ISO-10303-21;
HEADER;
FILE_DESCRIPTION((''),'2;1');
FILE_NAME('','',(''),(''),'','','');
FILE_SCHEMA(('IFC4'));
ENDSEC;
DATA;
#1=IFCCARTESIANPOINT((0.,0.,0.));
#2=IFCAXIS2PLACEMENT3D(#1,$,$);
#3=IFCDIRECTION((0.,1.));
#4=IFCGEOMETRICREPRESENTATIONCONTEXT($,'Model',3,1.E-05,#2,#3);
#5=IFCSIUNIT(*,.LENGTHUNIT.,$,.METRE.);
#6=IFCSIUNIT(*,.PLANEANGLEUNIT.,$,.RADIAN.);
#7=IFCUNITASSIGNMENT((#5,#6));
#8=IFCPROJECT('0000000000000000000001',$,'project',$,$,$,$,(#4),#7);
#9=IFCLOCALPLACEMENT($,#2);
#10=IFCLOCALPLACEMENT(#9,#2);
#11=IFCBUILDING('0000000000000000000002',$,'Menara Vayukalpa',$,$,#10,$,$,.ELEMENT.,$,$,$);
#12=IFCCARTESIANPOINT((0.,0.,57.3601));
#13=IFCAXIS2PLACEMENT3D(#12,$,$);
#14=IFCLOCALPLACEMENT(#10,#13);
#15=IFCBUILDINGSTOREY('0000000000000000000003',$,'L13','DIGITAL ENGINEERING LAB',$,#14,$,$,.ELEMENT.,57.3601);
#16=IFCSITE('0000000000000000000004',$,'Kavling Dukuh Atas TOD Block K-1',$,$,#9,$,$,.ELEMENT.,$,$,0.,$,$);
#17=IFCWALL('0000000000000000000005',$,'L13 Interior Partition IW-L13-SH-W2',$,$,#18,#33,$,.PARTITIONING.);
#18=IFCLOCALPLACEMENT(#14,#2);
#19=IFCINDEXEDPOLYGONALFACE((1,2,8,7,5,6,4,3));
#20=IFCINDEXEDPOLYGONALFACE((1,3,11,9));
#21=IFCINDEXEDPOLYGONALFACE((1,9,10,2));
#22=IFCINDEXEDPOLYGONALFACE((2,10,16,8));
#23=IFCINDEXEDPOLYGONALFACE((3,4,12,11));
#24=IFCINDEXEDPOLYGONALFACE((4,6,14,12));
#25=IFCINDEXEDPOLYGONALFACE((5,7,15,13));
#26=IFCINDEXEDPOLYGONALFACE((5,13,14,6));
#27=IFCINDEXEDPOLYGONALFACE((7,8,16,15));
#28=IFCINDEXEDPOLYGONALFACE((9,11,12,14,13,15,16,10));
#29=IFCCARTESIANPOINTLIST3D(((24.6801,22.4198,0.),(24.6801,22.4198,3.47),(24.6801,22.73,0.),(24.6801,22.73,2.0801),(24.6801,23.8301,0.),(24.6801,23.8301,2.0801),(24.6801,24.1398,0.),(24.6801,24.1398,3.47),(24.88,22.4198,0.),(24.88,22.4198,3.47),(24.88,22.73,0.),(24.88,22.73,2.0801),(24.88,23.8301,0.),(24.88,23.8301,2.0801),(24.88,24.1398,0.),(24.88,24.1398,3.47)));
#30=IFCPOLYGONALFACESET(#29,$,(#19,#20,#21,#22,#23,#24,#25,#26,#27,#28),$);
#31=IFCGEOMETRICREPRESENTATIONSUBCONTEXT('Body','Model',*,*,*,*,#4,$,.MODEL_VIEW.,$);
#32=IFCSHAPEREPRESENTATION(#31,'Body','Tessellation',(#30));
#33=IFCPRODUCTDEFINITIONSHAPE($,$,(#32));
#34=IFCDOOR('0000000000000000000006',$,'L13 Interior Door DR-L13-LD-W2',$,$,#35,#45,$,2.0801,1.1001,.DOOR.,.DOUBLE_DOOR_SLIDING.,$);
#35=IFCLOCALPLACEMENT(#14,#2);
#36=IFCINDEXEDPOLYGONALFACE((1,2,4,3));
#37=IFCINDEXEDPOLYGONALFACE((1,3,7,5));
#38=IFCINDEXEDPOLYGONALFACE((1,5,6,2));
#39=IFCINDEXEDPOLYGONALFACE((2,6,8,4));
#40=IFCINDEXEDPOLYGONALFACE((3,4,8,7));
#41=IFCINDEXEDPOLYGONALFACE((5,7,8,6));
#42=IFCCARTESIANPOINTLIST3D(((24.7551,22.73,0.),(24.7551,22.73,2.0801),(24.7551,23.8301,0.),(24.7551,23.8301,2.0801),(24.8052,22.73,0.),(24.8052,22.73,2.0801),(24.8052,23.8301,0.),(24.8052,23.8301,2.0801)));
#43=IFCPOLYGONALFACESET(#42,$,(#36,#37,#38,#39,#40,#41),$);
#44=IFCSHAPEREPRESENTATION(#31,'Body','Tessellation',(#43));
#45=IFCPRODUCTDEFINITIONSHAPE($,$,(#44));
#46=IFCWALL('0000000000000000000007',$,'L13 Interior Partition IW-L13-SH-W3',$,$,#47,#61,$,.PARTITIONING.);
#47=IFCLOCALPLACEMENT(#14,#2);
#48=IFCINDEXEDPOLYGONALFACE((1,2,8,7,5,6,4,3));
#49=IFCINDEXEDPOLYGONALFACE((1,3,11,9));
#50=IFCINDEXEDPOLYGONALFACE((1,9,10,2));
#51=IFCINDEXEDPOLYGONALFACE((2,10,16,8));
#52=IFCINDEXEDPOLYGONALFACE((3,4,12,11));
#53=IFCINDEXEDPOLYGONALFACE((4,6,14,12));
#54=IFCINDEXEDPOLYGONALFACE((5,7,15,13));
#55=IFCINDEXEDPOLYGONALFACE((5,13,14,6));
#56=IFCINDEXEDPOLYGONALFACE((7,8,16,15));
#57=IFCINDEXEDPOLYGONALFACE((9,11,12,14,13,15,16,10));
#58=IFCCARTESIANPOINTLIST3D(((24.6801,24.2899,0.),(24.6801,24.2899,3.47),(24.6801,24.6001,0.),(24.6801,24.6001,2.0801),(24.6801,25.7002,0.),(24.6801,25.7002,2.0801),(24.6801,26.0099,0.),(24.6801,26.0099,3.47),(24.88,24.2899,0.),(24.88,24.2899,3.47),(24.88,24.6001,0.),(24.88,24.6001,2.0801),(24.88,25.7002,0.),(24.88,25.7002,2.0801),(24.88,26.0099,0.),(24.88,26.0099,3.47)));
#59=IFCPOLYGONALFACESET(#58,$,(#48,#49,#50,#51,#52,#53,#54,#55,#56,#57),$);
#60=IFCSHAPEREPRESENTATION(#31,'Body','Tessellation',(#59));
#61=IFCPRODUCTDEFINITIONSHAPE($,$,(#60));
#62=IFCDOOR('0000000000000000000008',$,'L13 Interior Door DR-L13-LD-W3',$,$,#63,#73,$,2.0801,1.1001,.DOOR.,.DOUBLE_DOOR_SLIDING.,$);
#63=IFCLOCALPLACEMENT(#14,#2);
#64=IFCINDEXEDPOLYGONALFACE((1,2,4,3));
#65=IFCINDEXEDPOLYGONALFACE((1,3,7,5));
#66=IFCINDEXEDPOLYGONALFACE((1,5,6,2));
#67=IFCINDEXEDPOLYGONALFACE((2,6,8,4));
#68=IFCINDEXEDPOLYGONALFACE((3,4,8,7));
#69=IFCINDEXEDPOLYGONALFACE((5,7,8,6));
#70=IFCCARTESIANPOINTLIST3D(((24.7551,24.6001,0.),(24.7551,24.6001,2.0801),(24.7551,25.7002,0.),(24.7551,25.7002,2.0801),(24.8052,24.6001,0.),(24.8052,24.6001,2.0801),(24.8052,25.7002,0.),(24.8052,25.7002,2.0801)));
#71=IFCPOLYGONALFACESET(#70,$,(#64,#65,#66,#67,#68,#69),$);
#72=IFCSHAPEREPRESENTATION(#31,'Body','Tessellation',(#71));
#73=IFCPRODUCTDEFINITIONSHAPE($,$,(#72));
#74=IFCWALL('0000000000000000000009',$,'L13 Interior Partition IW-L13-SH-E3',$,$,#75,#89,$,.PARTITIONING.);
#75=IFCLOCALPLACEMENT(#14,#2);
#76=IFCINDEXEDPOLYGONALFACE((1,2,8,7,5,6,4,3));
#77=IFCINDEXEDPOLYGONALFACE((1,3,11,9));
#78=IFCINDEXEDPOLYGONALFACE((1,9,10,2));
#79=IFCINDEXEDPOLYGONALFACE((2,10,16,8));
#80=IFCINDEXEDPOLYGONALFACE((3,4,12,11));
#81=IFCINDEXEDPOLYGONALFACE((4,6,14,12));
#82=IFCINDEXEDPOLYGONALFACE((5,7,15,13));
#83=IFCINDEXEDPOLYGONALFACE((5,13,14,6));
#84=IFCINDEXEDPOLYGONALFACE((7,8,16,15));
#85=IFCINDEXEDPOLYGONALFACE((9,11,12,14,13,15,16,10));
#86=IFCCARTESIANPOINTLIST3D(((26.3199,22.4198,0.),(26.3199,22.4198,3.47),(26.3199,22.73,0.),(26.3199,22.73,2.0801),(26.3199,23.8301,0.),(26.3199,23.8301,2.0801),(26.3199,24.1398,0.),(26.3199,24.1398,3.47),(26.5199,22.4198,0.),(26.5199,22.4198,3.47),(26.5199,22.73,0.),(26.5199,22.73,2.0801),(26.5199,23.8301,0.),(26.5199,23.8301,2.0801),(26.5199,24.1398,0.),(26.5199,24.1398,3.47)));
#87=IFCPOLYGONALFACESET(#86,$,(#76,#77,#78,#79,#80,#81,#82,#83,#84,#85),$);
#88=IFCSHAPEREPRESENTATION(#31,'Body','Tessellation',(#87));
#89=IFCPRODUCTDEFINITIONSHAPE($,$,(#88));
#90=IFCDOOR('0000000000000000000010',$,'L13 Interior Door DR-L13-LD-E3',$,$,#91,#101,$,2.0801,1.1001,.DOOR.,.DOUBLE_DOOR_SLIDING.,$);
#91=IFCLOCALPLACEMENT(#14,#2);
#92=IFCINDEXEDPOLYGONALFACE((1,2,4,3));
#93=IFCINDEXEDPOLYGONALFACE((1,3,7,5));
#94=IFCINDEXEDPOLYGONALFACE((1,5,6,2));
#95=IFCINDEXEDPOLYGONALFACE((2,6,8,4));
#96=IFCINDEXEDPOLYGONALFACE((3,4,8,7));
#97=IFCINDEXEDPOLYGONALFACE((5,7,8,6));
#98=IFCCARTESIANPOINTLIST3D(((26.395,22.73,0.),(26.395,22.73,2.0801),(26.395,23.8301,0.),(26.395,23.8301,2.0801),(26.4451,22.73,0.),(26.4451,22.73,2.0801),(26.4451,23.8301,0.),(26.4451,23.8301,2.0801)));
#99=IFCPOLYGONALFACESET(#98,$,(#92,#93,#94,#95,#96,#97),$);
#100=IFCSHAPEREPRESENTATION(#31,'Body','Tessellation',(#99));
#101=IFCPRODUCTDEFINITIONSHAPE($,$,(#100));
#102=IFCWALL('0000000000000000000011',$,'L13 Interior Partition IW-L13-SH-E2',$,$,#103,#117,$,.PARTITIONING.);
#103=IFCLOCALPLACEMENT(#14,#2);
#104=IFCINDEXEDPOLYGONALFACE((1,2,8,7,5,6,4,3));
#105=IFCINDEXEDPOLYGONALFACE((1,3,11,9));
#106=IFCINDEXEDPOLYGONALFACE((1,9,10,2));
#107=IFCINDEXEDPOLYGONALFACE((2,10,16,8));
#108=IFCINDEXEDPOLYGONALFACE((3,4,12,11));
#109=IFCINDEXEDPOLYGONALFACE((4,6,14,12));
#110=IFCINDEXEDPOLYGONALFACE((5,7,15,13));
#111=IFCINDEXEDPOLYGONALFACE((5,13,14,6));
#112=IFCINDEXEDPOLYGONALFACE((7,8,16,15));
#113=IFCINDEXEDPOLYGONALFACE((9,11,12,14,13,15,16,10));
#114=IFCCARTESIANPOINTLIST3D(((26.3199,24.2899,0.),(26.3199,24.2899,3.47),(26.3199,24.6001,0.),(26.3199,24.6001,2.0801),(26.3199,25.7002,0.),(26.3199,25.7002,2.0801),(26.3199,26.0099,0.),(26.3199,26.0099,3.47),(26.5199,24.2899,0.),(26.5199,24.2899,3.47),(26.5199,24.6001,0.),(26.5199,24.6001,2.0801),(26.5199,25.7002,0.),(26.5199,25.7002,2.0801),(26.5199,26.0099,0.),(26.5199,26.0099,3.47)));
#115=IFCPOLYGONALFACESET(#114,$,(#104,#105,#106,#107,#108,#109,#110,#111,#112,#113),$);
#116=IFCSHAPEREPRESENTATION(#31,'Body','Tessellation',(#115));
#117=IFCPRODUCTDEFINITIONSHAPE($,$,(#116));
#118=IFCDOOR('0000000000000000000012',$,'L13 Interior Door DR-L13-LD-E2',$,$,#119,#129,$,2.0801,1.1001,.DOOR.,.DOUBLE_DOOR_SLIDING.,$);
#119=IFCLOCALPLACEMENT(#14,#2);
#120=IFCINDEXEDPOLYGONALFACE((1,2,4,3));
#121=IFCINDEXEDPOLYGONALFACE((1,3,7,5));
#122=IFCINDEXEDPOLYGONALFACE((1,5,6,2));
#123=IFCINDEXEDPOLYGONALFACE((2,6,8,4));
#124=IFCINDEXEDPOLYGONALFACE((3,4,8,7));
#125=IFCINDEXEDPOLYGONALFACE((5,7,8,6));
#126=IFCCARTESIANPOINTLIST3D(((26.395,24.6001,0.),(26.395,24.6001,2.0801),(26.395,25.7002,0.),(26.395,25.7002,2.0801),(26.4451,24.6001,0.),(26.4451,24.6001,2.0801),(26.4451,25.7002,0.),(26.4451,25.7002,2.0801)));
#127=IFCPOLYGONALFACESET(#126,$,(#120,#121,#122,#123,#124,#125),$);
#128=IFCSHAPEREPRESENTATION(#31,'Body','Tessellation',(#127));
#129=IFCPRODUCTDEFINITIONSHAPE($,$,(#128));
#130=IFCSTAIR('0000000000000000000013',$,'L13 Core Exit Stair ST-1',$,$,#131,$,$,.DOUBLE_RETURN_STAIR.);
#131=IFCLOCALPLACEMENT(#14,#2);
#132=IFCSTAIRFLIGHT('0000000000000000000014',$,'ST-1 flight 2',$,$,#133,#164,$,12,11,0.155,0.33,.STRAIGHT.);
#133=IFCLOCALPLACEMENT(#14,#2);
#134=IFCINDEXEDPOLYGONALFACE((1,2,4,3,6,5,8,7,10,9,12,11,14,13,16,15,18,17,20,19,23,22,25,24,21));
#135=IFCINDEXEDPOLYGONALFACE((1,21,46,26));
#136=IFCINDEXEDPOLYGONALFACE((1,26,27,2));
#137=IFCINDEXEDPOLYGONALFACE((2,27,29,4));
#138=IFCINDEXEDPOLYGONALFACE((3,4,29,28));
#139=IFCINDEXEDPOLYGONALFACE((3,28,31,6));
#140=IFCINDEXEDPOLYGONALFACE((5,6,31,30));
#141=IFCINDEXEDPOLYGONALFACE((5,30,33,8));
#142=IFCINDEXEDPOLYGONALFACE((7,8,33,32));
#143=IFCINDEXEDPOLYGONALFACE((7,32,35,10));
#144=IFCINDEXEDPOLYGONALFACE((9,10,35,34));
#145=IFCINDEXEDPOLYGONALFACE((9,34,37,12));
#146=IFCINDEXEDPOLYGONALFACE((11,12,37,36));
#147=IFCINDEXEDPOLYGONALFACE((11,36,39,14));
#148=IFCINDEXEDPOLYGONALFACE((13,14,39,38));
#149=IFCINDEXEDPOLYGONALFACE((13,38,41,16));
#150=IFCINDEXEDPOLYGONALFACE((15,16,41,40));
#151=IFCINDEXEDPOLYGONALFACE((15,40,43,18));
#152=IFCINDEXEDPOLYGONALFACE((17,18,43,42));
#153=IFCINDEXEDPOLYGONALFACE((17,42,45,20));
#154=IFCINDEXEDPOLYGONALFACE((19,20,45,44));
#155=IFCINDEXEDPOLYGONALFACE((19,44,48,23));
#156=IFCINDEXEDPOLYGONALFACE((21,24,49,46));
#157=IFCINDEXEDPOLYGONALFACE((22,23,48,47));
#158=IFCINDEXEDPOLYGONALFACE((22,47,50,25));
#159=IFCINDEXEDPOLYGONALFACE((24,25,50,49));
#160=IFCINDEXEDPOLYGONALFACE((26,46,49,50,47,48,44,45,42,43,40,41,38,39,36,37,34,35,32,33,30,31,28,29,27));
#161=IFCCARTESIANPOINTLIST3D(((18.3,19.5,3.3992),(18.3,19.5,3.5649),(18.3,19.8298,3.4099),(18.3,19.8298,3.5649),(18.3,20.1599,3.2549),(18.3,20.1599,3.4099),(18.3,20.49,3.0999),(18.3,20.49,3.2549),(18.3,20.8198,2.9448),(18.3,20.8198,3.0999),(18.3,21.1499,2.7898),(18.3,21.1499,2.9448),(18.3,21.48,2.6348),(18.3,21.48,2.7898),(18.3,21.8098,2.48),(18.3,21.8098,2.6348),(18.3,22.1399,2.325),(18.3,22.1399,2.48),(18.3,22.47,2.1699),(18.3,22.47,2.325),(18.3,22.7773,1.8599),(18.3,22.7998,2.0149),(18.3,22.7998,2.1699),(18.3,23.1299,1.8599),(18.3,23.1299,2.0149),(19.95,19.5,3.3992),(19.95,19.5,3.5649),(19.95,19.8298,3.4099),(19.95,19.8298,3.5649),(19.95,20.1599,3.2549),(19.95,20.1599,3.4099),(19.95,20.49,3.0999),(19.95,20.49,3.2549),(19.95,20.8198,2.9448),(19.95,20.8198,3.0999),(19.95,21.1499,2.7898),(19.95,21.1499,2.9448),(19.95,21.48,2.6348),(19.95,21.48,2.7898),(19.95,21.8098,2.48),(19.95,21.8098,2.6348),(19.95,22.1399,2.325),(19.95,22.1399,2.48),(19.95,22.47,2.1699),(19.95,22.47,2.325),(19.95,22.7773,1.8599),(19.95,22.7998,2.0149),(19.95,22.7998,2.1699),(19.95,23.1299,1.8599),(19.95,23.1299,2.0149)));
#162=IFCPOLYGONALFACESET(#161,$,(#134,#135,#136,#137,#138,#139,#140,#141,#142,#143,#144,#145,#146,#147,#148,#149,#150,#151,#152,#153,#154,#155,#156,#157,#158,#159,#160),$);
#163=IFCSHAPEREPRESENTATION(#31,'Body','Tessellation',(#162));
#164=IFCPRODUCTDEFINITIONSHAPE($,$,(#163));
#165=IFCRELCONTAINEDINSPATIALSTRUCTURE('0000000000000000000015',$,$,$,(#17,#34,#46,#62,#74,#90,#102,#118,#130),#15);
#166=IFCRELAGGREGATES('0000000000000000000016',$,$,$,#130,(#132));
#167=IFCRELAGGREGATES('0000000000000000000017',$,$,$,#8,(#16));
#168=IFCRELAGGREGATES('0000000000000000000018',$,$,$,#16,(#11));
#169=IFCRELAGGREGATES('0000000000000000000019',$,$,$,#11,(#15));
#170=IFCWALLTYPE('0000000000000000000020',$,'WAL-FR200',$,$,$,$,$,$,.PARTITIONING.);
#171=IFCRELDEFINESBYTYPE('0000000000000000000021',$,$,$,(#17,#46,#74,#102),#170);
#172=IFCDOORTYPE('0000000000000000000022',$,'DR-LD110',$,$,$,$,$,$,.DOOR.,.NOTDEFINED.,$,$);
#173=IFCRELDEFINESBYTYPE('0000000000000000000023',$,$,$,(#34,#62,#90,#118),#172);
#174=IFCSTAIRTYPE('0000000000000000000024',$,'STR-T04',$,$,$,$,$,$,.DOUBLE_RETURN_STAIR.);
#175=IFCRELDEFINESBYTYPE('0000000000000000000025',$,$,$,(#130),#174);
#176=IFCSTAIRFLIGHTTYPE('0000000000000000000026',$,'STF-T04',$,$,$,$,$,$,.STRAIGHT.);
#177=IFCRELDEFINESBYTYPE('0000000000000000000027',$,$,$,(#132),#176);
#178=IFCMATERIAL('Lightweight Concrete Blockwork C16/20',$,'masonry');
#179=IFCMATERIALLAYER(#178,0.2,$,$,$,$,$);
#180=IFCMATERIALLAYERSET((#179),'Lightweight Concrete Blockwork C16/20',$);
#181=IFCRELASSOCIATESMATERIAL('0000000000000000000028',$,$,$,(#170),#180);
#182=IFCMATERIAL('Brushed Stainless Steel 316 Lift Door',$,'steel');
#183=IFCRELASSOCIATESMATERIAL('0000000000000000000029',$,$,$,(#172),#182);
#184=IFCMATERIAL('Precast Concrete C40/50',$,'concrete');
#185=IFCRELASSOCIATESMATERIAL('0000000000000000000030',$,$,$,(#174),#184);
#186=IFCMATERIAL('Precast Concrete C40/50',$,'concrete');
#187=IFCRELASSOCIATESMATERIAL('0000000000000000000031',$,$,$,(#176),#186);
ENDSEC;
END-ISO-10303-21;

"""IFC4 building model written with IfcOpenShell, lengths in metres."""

from ifc_helpers import new_model, si_unit, direction, frame, frame_2d, origin, place, context, subcontext, project, spatial, polyline, rectangle, outline, extrude, material, layer, layer_set, type_object, element, fill, aggregate, save


model = new_model("IFC4")

# Units and contexts
model_context = context("Model", 3, precision=1e-05, world=origin(), true_north=direction((0.0, 1.0)))
body_context = subcontext(model_context, "Body", "Model", "MODEL_VIEW")
ifc_project = project(units=[si_unit("LENGTHUNIT", "METRE"), si_unit("PLANEANGLEUNIT", "RADIAN")], contexts=[model_context])

# Site, building, storey
site_placement = place(None, origin())
site = spatial("IfcSite", under=ifc_project, at=site_placement, Name="Kavling Dukuh Atas TOD Block K-1", CompositionType="ELEMENT", RefElevation=0.0)
building_placement = place(site_placement, origin())
building = spatial("IfcBuilding", under=site, at=building_placement, Name="Menara Vayukalpa", CompositionType="ELEMENT")
storey_placement = place(building_placement, frame((0.0, 0.0, 57.3601)))
storey = spatial("IfcBuildingStorey", under=building, at=storey_placement, Name="L13", Description="DIGITAL ENGINEERING LAB", CompositionType="ELEMENT", Elevation=57.3601)

# Walls, openings, doors
ifc_material_1 = material(Name="Lightweight Concrete Blockwork C16/20", Category="masonry")
ifc_layer_1 = layer(ifc_material_1, 0.2)
ifc_layer_set_1 = layer_set([ifc_layer_1], Name="Lightweight Concrete Blockwork C16/20")
wall_type_1 = type_object("IfcWallType", Name="WAL-FR200", PredefinedType="PARTITIONING", material=ifc_layer_set_1)
wall_1_placement = place(storey_placement, frame((24.78, 22.4199, 0.0), z_axis=(0.0, 0.0, 1.0), x_axis=(0.0, 1.0, 0.0)))
wall_1 = element("IfcWall", 1, at=wall_1_placement, inside=storey, type_object=wall_type_1, Name="L13 Interior Partition IW-L13-SH-W2", PredefinedType="PARTITIONING", context=body_context, shape_type="SweptSolid", body=[
    extrude(rectangle(XDim=1.72, YDim=0.2, at=frame_2d((0.8599, 0.0))), origin(), (0.0, 0.0, 1.0), 3.47),
])
opening_1_placement = place(wall_1_placement, frame((0.3101, 0.0, 0.0)))
opening_1 = element("IfcOpeningElement", 2, at=opening_1_placement, cuts=wall_1, PredefinedType="OPENING", context=body_context, shape_type="SweptSolid", body=[
    extrude(rectangle(XDim=1.1001, YDim=2.0801, at=frame_2d((0.55, 1.04))), frame((0.0, 0.1099, 0.0), z_axis=(0.0, -1.0, 0.0), x_axis=(1.0, 0.0, 0.0)), (0.0, 0.0, 1.0), 0.22),
])
ifc_material_2 = material(Name="Brushed Stainless Steel 316 Lift Door", Category="steel")
door_type = type_object("IfcDoorType", Name="DR-LD110", OperationType="NOTDEFINED", PredefinedType="DOOR", material=ifc_material_2)
door_1_placement = place(opening_1_placement, origin())
door_1 = element("IfcDoor", 3, at=door_1_placement, inside=storey, type_object=door_type, Name="L13 Interior Door DR-L13-LD-W2", OperationType="DOUBLE_DOOR_SLIDING", OverallHeight=2.0801, OverallWidth=1.1001, PredefinedType="DOOR", context=body_context, shape_type="SweptSolid", body=[
    extrude(rectangle(XDim=1.1001, YDim=2.0801, at=frame_2d((0.55, 1.04))), frame((0.0, 0.0249, 0.0), z_axis=(0.0, -1.0, 0.0), x_axis=(1.0, 0.0, 0.0)), (0.0, 0.0, 1.0), 0.05),
])
fill(opening_1, door_1)
wall_2_placement = place(storey_placement, frame((24.78, 24.29, 0.0), z_axis=(0.0, 0.0, 1.0), x_axis=(0.0, 1.0, 0.0)))
wall_2 = element("IfcWall", 4, at=wall_2_placement, inside=storey, type_object=wall_type_1, Name="L13 Interior Partition IW-L13-SH-W3", PredefinedType="PARTITIONING", context=body_context, shape_type="SweptSolid", body=[
    extrude(rectangle(XDim=1.72, YDim=0.2, at=frame_2d((0.8599, 0.0))), origin(), (0.0, 0.0, 1.0), 3.47),
])
opening_2_placement = place(wall_2_placement, frame((0.3101, 0.0, 0.0)))
opening_2 = element("IfcOpeningElement", 5, at=opening_2_placement, cuts=wall_2, PredefinedType="OPENING", context=body_context, shape_type="SweptSolid", body=[
    extrude(rectangle(XDim=1.1001, YDim=2.0801, at=frame_2d((0.55, 1.04))), frame((0.0, 0.1099, 0.0), z_axis=(0.0, -1.0, 0.0), x_axis=(1.0, 0.0, 0.0)), (0.0, 0.0, 1.0), 0.22),
])
door_2_placement = place(opening_2_placement, origin())
door_2 = element("IfcDoor", 6, at=door_2_placement, inside=storey, type_object=door_type, Name="L13 Interior Door DR-L13-LD-W3", OperationType="DOUBLE_DOOR_SLIDING", OverallHeight=2.0801, OverallWidth=1.1001, PredefinedType="DOOR", context=body_context, shape_type="SweptSolid", body=[
    extrude(rectangle(XDim=1.1001, YDim=2.0801, at=frame_2d((0.55, 1.04))), frame((0.0, 0.0249, 0.0), z_axis=(0.0, -1.0, 0.0), x_axis=(1.0, 0.0, 0.0)), (0.0, 0.0, 1.0), 0.05),
])
fill(opening_2, door_2)
wall_3_placement = place(storey_placement, frame((26.4199, 22.4199, 0.0), z_axis=(0.0, 0.0, 1.0), x_axis=(0.0, 1.0, 0.0)))
wall_3 = element("IfcWall", 7, at=wall_3_placement, inside=storey, type_object=wall_type_1, Name="L13 Interior Partition IW-L13-SH-E3", PredefinedType="PARTITIONING", context=body_context, shape_type="SweptSolid", body=[
    extrude(rectangle(XDim=1.72, YDim=0.2, at=frame_2d((0.8599, 0.0))), origin(), (0.0, 0.0, 1.0), 3.47),
])
opening_3_placement = place(wall_3_placement, frame((0.3101, 0.0, 0.0)))
opening_3 = element("IfcOpeningElement", 8, at=opening_3_placement, cuts=wall_3, PredefinedType="OPENING", context=body_context, shape_type="SweptSolid", body=[
    extrude(rectangle(XDim=1.1001, YDim=2.0801, at=frame_2d((0.55, 1.04))), frame((0.0, 0.1099, 0.0), z_axis=(0.0, -1.0, 0.0), x_axis=(1.0, 0.0, 0.0)), (0.0, 0.0, 1.0), 0.22),
])
door_3_placement = place(opening_3_placement, origin())
door_3 = element("IfcDoor", 9, at=door_3_placement, inside=storey, type_object=door_type, Name="L13 Interior Door DR-L13-LD-E3", OperationType="DOUBLE_DOOR_SLIDING", OverallHeight=2.0801, OverallWidth=1.1001, PredefinedType="DOOR", context=body_context, shape_type="SweptSolid", body=[
    extrude(rectangle(XDim=1.1001, YDim=2.0801, at=frame_2d((0.55, 1.04))), frame((0.0, 0.0249, 0.0), z_axis=(0.0, -1.0, 0.0), x_axis=(1.0, 0.0, 0.0)), (0.0, 0.0, 1.0), 0.05),
])
fill(opening_3, door_3)
wall_4_placement = place(storey_placement, frame((26.4199, 24.29, 0.0), z_axis=(0.0, 0.0, 1.0), x_axis=(0.0, 1.0, 0.0)))
wall_4 = element("IfcWall", 10, at=wall_4_placement, inside=storey, type_object=wall_type_1, Name="L13 Interior Partition IW-L13-SH-E2", PredefinedType="PARTITIONING", context=body_context, shape_type="SweptSolid", body=[
    extrude(rectangle(XDim=1.72, YDim=0.2, at=frame_2d((0.8599, 0.0))), origin(), (0.0, 0.0, 1.0), 3.47),
])
opening_4_placement = place(wall_4_placement, frame((0.3101, 0.0, 0.0)))
opening_4 = element("IfcOpeningElement", 11, at=opening_4_placement, cuts=wall_4, PredefinedType="OPENING", context=body_context, shape_type="SweptSolid", body=[
    extrude(rectangle(XDim=1.1001, YDim=2.0801, at=frame_2d((0.55, 1.04))), frame((0.0, 0.1099, 0.0), z_axis=(0.0, -1.0, 0.0), x_axis=(1.0, 0.0, 0.0)), (0.0, 0.0, 1.0), 0.22),
])
door_4_placement = place(opening_4_placement, origin())
door_4 = element("IfcDoor", 12, at=door_4_placement, inside=storey, type_object=door_type, Name="L13 Interior Door DR-L13-LD-E2", OperationType="DOUBLE_DOOR_SLIDING", OverallHeight=2.0801, OverallWidth=1.1001, PredefinedType="DOOR", context=body_context, shape_type="SweptSolid", body=[
    extrude(rectangle(XDim=1.1001, YDim=2.0801, at=frame_2d((0.55, 1.04))), frame((0.0, 0.0249, 0.0), z_axis=(0.0, -1.0, 0.0), x_axis=(1.0, 0.0, 0.0)), (0.0, 0.0, 1.0), 0.05),
])
fill(opening_4, door_4)

# Stair, stair flight
ifc_material_3 = material(Name="Precast Concrete C40/50", Category="concrete")
stair_type = type_object("IfcStairType", Name="STR-T04", PredefinedType="DOUBLE_RETURN_STAIR", material=ifc_material_3)
stair_placement = place(storey_placement, origin())
stair = element("IfcStair", 13, at=stair_placement, inside=storey, type_object=stair_type, Name="L13 Core Exit Stair ST-1", PredefinedType="DOUBLE_RETURN_STAIR")
ifc_material_4 = material(Name="Precast Concrete C40/50", Category="concrete")
stair_flight_type = type_object("IfcStairFlightType", Name="STF-T04", PredefinedType="STRAIGHT", material=ifc_material_4)
stair_flight_placement = place(storey_placement, frame((19.125, 23.1299, 1.8599), z_axis=(0.0, 0.0, 1.0), x_axis=(0.0, -1.0, 0.0)))
stair_flight = element("IfcStairFlight", 14, at=stair_flight_placement, type_object=stair_flight_type, Name="ST-1 flight 2", NumberOfRisers=12, NumberOfTreads=11, PredefinedType="STRAIGHT", RiserHeight=0.155, TreadLength=0.33, context=body_context, shape_type="SweptSolid", body=[
    extrude(outline(polyline([(0.0, 0.0), (0.0, 0.155), (0.3301, 0.155), (0.3301, 0.3101), (0.6599, 0.3101), (0.6599, 0.4651), (0.99, 0.4651), (0.99, 0.6201), (1.3201, 0.6201), (1.3201, 0.7749), (1.6499, 0.7749), (1.6499, 0.9299), (1.98, 0.9299), (1.98, 1.085), (2.3101, 1.085), (2.3101, 1.24), (2.6399, 1.24), (2.6399, 1.395), (2.97, 1.395), (2.97, 1.55), (3.3, 1.55), (3.3, 1.7051), (3.6299, 1.7051), (3.6299, 1.8601), (3.6299, 1.5393), (0.3525, 0.0), (0.0, 0.0)])), frame((0.0, 0.825, 0.0), z_axis=(0.0, -1.0, 0.0), x_axis=(1.0, 0.0, 0.0)), (0.0, 0.0, 1.0), 1.6499),
])
aggregate(stair, [stair_flight])

save(model, "model.ifc")
